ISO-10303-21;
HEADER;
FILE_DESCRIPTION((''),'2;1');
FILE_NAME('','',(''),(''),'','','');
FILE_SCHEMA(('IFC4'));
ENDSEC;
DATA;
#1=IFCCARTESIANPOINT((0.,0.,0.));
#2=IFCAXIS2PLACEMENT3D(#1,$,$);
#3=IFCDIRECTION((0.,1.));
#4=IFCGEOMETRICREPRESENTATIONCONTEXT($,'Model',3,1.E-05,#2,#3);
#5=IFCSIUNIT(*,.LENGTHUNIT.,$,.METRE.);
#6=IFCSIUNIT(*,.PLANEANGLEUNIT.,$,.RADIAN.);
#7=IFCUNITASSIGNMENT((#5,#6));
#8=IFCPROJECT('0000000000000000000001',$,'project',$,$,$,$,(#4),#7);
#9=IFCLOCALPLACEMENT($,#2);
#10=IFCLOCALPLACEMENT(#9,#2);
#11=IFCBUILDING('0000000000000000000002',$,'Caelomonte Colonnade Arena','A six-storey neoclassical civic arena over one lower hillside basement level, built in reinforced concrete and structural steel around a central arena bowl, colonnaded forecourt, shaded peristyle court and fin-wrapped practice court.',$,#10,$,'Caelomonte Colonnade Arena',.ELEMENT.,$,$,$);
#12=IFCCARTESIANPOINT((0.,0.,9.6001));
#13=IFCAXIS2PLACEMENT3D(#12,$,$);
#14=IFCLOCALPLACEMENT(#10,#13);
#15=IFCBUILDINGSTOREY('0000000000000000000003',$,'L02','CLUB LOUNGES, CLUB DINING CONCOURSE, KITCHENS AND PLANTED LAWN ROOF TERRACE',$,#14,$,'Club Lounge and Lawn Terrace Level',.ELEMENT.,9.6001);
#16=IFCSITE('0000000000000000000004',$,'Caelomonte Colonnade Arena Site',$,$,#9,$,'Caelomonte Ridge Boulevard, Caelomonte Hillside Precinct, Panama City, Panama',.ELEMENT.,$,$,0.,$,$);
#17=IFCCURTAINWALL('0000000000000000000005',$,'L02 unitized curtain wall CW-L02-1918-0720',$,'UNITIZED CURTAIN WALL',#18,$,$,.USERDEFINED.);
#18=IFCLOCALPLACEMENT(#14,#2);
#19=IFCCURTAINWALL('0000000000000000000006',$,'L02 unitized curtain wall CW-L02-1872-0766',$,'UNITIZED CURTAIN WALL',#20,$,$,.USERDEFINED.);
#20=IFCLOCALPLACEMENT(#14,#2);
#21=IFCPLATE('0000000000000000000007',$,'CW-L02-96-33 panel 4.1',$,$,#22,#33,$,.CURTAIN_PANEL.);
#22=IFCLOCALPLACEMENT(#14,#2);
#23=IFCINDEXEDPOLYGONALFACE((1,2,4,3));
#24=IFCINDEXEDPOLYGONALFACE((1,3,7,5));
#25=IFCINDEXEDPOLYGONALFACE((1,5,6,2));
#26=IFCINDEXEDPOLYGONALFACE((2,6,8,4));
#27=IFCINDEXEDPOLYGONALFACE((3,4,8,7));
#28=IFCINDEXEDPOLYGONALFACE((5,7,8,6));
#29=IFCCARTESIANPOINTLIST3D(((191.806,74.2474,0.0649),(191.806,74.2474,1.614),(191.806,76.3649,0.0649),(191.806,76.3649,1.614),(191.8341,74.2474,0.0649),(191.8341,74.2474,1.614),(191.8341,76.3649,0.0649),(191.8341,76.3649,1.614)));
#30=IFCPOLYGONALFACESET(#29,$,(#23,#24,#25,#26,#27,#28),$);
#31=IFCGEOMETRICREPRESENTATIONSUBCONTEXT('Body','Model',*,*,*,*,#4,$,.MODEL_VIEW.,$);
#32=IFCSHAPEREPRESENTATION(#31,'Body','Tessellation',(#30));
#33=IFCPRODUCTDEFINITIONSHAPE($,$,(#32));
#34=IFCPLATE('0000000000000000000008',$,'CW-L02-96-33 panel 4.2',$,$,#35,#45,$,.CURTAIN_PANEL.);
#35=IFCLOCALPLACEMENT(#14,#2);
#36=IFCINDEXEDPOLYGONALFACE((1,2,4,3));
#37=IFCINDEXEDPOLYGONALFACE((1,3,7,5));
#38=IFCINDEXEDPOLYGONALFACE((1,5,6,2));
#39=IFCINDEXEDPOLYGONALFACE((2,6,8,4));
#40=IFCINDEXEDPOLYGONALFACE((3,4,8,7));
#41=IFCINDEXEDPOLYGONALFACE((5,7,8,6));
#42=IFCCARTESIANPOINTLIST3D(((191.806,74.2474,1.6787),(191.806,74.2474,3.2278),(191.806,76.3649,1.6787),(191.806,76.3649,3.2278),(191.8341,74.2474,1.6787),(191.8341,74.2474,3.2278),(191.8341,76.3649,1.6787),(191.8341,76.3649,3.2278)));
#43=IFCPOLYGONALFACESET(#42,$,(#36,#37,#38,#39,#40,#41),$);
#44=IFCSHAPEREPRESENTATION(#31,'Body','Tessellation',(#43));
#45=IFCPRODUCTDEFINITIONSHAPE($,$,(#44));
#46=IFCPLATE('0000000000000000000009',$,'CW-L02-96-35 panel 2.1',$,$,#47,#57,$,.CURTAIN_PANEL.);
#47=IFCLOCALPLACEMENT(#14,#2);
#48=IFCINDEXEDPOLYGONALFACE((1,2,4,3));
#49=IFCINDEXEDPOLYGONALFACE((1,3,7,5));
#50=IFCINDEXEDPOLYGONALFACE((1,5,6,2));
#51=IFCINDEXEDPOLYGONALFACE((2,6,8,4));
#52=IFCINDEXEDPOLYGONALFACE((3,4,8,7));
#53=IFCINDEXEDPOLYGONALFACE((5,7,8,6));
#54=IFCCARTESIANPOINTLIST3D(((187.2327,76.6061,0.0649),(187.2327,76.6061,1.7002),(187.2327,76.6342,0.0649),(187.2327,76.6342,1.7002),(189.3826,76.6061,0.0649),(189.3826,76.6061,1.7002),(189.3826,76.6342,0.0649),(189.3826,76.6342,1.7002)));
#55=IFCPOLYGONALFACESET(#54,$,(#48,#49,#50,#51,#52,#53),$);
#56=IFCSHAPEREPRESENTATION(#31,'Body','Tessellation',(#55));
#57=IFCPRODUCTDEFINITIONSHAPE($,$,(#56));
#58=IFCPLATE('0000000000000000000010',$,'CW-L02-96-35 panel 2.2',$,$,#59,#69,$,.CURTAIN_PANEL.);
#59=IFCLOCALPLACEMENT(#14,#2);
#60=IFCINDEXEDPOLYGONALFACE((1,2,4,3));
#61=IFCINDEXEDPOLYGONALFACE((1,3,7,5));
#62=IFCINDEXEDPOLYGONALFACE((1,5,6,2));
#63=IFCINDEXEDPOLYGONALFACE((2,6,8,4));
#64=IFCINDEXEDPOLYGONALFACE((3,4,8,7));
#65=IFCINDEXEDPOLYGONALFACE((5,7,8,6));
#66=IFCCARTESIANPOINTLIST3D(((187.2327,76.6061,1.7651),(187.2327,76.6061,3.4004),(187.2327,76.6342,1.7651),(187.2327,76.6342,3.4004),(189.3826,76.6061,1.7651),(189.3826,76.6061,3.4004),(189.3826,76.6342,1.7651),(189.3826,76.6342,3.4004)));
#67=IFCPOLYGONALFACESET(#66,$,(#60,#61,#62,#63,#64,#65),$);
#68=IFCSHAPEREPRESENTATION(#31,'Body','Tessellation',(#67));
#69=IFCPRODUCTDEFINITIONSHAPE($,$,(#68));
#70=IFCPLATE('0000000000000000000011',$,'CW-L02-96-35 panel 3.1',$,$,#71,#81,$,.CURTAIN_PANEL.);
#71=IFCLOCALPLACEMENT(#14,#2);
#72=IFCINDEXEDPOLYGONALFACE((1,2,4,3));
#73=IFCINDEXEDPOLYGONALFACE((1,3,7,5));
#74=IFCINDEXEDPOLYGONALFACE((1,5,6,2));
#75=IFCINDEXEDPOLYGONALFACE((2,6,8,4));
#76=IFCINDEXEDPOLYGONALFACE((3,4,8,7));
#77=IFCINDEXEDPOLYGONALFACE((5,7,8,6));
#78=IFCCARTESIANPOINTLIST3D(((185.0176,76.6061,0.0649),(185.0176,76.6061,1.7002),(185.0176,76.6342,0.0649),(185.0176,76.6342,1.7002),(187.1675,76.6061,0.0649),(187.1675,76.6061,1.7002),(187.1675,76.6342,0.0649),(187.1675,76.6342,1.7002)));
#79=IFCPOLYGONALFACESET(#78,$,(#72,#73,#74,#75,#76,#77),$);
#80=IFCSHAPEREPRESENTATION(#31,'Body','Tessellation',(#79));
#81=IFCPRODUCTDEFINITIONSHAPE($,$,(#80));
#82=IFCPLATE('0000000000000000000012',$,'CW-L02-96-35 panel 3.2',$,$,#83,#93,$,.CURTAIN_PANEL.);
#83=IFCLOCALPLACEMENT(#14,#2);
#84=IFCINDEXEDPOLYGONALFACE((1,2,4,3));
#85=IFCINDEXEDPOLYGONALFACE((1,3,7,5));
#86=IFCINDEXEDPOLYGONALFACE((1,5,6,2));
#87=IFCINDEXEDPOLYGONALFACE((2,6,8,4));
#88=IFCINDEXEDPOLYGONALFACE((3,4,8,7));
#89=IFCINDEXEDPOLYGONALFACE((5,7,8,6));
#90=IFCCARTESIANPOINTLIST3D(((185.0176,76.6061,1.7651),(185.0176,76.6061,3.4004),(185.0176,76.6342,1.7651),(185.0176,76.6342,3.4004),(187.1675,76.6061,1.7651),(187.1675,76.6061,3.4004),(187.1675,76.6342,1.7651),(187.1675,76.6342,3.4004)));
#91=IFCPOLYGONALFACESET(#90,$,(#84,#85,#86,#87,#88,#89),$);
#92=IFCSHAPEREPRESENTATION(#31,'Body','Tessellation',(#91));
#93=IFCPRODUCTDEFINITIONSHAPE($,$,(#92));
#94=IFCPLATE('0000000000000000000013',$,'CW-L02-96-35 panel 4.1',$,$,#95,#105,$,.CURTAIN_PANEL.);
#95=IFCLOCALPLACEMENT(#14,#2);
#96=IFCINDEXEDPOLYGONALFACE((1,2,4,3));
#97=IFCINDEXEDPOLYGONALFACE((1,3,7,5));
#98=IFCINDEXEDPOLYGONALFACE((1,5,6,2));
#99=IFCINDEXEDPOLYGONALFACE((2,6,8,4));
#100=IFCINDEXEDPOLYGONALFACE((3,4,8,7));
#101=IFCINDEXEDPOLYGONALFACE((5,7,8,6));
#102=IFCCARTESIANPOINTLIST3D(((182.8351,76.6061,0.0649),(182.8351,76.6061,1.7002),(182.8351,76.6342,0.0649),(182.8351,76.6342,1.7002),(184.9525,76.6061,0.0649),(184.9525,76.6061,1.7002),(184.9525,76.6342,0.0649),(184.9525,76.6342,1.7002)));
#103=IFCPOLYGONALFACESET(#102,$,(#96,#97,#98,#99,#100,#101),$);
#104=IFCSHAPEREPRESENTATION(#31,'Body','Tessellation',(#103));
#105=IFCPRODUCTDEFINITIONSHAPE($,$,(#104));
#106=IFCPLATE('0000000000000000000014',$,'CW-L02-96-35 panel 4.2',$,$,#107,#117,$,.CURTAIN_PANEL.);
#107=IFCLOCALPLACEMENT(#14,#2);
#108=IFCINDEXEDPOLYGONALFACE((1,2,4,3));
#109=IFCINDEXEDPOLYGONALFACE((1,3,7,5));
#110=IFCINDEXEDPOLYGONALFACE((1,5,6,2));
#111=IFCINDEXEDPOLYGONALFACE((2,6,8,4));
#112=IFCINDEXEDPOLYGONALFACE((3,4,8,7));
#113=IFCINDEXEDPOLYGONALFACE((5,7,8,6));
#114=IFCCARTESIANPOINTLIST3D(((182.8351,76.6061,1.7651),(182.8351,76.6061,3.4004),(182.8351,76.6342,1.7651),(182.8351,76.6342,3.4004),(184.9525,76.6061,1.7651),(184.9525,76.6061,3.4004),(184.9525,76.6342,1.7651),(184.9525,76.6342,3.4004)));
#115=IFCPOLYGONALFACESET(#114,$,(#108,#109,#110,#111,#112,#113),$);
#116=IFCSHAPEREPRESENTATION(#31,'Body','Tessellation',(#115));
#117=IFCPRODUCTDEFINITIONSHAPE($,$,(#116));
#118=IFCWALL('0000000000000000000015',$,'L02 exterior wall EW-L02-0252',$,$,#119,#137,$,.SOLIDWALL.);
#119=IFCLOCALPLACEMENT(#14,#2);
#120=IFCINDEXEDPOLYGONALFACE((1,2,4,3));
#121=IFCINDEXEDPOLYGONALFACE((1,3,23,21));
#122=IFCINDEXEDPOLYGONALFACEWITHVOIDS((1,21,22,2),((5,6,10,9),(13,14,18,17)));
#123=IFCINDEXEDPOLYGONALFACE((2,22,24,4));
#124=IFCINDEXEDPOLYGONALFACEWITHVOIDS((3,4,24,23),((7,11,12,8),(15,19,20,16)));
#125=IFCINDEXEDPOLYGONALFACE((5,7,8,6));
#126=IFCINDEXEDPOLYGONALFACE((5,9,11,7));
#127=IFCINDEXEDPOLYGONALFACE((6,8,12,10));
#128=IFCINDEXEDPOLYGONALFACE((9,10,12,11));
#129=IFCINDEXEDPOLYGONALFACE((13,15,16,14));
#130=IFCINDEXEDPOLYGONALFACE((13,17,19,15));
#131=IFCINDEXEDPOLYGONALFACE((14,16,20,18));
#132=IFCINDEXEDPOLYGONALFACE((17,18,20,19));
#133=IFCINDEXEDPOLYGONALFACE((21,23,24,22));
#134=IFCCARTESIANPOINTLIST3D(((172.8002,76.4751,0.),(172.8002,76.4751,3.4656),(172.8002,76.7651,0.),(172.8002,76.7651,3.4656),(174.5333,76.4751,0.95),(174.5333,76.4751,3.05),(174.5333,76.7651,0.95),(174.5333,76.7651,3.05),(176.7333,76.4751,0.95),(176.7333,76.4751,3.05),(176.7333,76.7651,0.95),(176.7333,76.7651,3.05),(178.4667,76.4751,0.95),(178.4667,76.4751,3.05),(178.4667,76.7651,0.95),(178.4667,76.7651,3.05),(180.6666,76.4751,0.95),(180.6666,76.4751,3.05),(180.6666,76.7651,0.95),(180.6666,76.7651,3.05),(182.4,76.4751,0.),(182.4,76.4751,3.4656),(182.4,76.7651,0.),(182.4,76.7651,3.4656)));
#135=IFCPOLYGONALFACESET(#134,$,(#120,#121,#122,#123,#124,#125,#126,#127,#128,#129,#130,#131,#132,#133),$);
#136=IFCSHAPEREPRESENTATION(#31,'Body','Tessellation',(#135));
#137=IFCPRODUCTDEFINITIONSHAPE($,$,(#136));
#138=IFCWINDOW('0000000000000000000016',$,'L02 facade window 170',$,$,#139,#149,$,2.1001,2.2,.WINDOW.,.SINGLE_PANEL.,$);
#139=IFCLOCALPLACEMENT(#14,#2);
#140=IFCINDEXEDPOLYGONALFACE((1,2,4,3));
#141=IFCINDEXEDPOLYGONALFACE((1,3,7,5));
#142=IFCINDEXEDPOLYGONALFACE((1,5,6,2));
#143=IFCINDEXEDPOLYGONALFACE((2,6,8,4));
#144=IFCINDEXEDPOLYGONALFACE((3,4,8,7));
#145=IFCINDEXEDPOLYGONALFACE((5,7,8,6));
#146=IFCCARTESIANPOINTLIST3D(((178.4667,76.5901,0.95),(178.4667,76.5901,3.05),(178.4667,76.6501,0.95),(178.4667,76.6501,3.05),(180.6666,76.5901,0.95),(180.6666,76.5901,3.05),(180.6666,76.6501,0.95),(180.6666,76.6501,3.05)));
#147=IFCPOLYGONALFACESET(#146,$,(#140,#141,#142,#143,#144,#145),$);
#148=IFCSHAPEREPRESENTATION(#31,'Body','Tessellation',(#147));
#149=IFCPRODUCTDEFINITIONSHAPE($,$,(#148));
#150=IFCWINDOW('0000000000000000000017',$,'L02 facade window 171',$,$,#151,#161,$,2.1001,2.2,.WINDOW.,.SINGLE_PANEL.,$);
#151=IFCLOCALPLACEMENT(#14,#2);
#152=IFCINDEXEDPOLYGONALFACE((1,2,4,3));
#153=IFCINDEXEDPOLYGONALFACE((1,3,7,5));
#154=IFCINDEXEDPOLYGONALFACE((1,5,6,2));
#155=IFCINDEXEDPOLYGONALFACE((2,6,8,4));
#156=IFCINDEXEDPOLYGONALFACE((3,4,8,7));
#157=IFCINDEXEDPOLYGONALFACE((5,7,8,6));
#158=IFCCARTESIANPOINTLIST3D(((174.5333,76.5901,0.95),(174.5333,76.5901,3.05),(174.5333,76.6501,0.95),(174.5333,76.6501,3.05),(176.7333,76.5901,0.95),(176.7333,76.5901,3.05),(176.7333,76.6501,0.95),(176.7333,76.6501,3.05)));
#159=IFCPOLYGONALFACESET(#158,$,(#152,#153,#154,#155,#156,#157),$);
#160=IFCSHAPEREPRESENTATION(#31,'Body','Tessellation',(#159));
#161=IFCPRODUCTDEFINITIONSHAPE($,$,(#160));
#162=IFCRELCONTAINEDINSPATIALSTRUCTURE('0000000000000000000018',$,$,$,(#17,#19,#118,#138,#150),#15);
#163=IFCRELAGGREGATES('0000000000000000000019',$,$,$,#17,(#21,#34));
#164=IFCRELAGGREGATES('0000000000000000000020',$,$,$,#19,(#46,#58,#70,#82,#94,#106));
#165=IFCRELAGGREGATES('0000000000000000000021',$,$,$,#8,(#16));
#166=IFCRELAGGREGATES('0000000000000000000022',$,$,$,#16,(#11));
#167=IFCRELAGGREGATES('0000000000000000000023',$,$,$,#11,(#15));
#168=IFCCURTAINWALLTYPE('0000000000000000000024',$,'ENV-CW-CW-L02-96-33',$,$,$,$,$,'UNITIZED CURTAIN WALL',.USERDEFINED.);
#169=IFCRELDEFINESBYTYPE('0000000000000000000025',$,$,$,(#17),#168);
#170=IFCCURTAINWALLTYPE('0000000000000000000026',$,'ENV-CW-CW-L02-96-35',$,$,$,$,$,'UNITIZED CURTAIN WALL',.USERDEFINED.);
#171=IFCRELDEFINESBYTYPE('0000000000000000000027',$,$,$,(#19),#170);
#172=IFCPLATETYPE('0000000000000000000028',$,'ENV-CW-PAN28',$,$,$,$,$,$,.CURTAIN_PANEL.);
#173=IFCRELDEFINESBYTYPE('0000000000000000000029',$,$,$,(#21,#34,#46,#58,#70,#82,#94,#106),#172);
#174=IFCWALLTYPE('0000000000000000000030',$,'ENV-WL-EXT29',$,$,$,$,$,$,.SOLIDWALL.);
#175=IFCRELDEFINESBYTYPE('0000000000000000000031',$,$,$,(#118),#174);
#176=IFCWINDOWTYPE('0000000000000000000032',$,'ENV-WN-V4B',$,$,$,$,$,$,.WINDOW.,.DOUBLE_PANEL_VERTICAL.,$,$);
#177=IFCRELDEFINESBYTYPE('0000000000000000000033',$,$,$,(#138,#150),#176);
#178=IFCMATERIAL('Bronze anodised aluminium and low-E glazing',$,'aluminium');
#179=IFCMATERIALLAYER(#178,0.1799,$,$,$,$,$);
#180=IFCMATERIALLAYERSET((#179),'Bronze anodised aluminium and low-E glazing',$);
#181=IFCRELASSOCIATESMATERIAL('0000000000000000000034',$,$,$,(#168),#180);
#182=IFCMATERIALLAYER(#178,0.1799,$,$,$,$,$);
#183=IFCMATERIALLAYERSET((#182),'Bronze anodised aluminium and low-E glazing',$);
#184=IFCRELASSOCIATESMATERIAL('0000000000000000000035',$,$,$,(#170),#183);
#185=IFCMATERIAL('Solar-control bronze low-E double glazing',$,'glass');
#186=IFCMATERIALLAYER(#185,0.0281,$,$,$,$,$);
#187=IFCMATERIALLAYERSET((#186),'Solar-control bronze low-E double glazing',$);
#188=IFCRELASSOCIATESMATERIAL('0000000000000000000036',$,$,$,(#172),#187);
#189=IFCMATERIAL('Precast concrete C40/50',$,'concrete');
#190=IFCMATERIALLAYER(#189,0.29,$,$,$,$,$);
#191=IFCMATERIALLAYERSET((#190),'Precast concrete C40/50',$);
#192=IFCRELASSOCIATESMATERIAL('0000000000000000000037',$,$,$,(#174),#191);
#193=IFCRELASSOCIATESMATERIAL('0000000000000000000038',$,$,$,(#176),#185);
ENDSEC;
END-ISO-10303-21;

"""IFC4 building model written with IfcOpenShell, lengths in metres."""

from ifc_helpers import new_model, si_unit, direction, frame, frame_2d, origin, origin_2d, place, context, subcontext, project, spatial, rectangle, extrude, material, layer, layer_set, type_object, element, fill, aggregate, save


model = new_model("IFC4")

# Units and contexts
model_context = context("Model", 3, precision=1e-05, world=origin(), true_north=direction((0.0, 1.0)))
body_context = subcontext(model_context, "Body", "Model", "MODEL_VIEW")
ifc_project = project(units=[si_unit("LENGTHUNIT", "METRE"), si_unit("PLANEANGLEUNIT", "RADIAN")], contexts=[model_context])

# Site, building, storey
site_placement = place(None, origin())
site = spatial("IfcSite", under=ifc_project, at=site_placement, Name="Caelomonte Colonnade Arena Site", LongName="Caelomonte Ridge Boulevard, Caelomonte Hillside Precinct, Panama City, Panama", CompositionType="ELEMENT", RefElevation=0.0)
building_placement = place(site_placement, origin())
building = spatial("IfcBuilding", under=site, at=building_placement, Name="Caelomonte Colonnade Arena", Description="A six-storey neoclassical civic arena over one lower hillside basement level, built in reinforced concrete and structural steel around a central arena bowl, colonnaded forecourt, shaded peristyle court and fin-wrapped practice court.", LongName="Caelomonte Colonnade Arena", CompositionType="ELEMENT")
storey_placement = place(building_placement, frame((0.0, 0.0, 9.6001)))
storey = spatial("IfcBuildingStorey", under=building, at=storey_placement, Name="L02", Description="CLUB LOUNGES, CLUB DINING CONCOURSE, KITCHENS AND PLANTED LAWN ROOF TERRACE", LongName="Club Lounge and Lawn Terrace Level", CompositionType="ELEMENT", Elevation=9.6001)

# Curtain wall
ifc_material_1 = material(Name="Bronze anodised aluminium and low-E glazing", Category="aluminium")
ifc_layer_1 = layer(ifc_material_1, 0.1799)
ifc_layer_set_1 = layer_set([ifc_layer_1], Name="Bronze anodised aluminium and low-E glazing")
curtain_wall_type_1 = type_object("IfcCurtainWallType", Name="ENV-CW-CW-L02-96-33", ElementType="UNITIZED CURTAIN WALL", PredefinedType="USERDEFINED", material=ifc_layer_set_1)
curtain_wall_1_placement = place(storey_placement, origin())
curtain_wall_1 = element("IfcCurtainWall", 1, at=curtain_wall_1_placement, inside=storey, type_object=curtain_wall_type_1, Name="L02 unitized curtain wall CW-L02-1918-0720", ObjectType="UNITIZED CURTAIN WALL", PredefinedType="USERDEFINED")

# Curtain wall
ifc_layer_2 = layer(ifc_material_1, 0.1799)
ifc_layer_set_2 = layer_set([ifc_layer_2], Name="Bronze anodised aluminium and low-E glazing")
curtain_wall_type_2 = type_object("IfcCurtainWallType", Name="ENV-CW-CW-L02-96-35", ElementType="UNITIZED CURTAIN WALL", PredefinedType="USERDEFINED", material=ifc_layer_set_2)
curtain_wall_2_placement = place(storey_placement, origin())
curtain_wall_2 = element("IfcCurtainWall", 2, at=curtain_wall_2_placement, inside=storey, type_object=curtain_wall_type_2, Name="L02 unitized curtain wall CW-L02-1872-0766", ObjectType="UNITIZED CURTAIN WALL", PredefinedType="USERDEFINED")

# Plates
ifc_material_2 = material(Name="Solar-control bronze low-E double glazing", Category="glass")
ifc_layer_3 = layer(ifc_material_2, 0.0281)
ifc_layer_set_3 = layer_set([ifc_layer_3], Name="Solar-control bronze low-E double glazing")
plate_type = type_object("IfcPlateType", Name="ENV-CW-PAN28", PredefinedType="CURTAIN_PANEL", material=ifc_layer_set_3)
plate_1_placement = place(storey_placement, frame((191.8201, 75.3062, 0.0649), z_axis=(0.0, 0.0, 1.0), x_axis=(0.0, 1.0, 0.0)))
plate_1 = element("IfcPlate", 3, at=plate_1_placement, type_object=plate_type, Name="CW-L02-96-33 panel 4.1", PredefinedType="CURTAIN_PANEL", context=body_context, shape_type="SweptSolid", body=[
    extrude(rectangle(XDim=2.1174, YDim=0.0281, at=origin_2d()), origin(), (0.0, 0.0, 1.0), 1.5491),
])
plate_2_placement = place(storey_placement, frame((191.8201, 75.3062, 1.6787), z_axis=(0.0, 0.0, 1.0), x_axis=(0.0, 1.0, 0.0)))
plate_2 = element("IfcPlate", 4, at=plate_2_placement, type_object=plate_type, Name="CW-L02-96-33 panel 4.2", PredefinedType="CURTAIN_PANEL", context=body_context, shape_type="SweptSolid", body=[
    extrude(rectangle(XDim=2.1174, YDim=0.0281, at=origin_2d()), origin(), (0.0, 0.0, 1.0), 1.5491),
])
aggregate(curtain_wall_1, [plate_1, plate_2])
plate_3_placement = place(storey_placement, frame((188.3076, 76.6201, 0.0649), z_axis=(0.0, 0.0, 1.0), x_axis=(-1.0, 0.0, 0.0)))
plate_3 = element("IfcPlate", 5, at=plate_3_placement, type_object=plate_type, Name="CW-L02-96-35 panel 2.1", PredefinedType="CURTAIN_PANEL", context=body_context, shape_type="SweptSolid", body=[
    extrude(rectangle(XDim=2.1499, YDim=0.0281, at=origin_2d()), origin(), (0.0, 0.0, 1.0), 1.6353),
])
plate_4_placement = place(storey_placement, frame((188.3076, 76.6201, 1.7651), z_axis=(0.0, 0.0, 1.0), x_axis=(-1.0, 0.0, 0.0)))
plate_4 = element("IfcPlate", 6, at=plate_4_placement, type_object=plate_type, Name="CW-L02-96-35 panel 2.2", PredefinedType="CURTAIN_PANEL", context=body_context, shape_type="SweptSolid", body=[
    extrude(rectangle(XDim=2.1499, YDim=0.0281, at=origin_2d()), origin(), (0.0, 0.0, 1.0), 1.6353),
])
plate_5_placement = place(storey_placement, frame((186.0925, 76.6201, 0.0649), z_axis=(0.0, 0.0, 1.0), x_axis=(-1.0, 0.0, 0.0)))
plate_5 = element("IfcPlate", 7, at=plate_5_placement, type_object=plate_type, Name="CW-L02-96-35 panel 3.1", PredefinedType="CURTAIN_PANEL", context=body_context, shape_type="SweptSolid", body=[
    extrude(rectangle(XDim=2.1499, YDim=0.0281, at=origin_2d()), origin(), (0.0, 0.0, 1.0), 1.6353),
])
plate_6_placement = place(storey_placement, frame((186.0925, 76.6201, 1.7651), z_axis=(0.0, 0.0, 1.0), x_axis=(-1.0, 0.0, 0.0)))
plate_6 = element("IfcPlate", 8, at=plate_6_placement, type_object=plate_type, Name="CW-L02-96-35 panel 3.2", PredefinedType="CURTAIN_PANEL", context=body_context, shape_type="SweptSolid", body=[
    extrude(rectangle(XDim=2.1499, YDim=0.0281, at=origin_2d()), origin(), (0.0, 0.0, 1.0), 1.6353),
])
plate_7_placement = place(storey_placement, frame((183.8938, 76.6201, 0.0649), z_axis=(0.0, 0.0, 1.0), x_axis=(-1.0, 0.0, 0.0)))
plate_7 = element("IfcPlate", 9, at=plate_7_placement, type_object=plate_type, Name="CW-L02-96-35 panel 4.1", PredefinedType="CURTAIN_PANEL", context=body_context, shape_type="SweptSolid", body=[
    extrude(rectangle(XDim=2.1174, YDim=0.0281, at=origin_2d()), origin(), (0.0, 0.0, 1.0), 1.6353),
])
plate_8_placement = place(storey_placement, frame((183.8938, 76.6201, 1.7651), z_axis=(0.0, 0.0, 1.0), x_axis=(-1.0, 0.0, 0.0)))
plate_8 = element("IfcPlate", 10, at=plate_8_placement, type_object=plate_type, Name="CW-L02-96-35 panel 4.2", PredefinedType="CURTAIN_PANEL", context=body_context, shape_type="SweptSolid", body=[
    extrude(rectangle(XDim=2.1174, YDim=0.0281, at=origin_2d()), origin(), (0.0, 0.0, 1.0), 1.6353),
])
aggregate(curtain_wall_2, [plate_3, plate_4, plate_5, plate_6, plate_7, plate_8])

# Wall, openings, windows
ifc_material_3 = material(Name="Precast concrete C40/50", Category="concrete")
ifc_layer_4 = layer(ifc_material_3, 0.29)
ifc_layer_set_4 = layer_set([ifc_layer_4], Name="Precast concrete C40/50")
wall_type = type_object("IfcWallType", Name="ENV-WL-EXT29", PredefinedType="SOLIDWALL", material=ifc_layer_set_4)
wall_placement = place(storey_placement, frame((182.3999, 76.6201, 0.0), z_axis=(0.0, 0.0, 1.0), x_axis=(-1.0, 0.0, 0.0)))
wall = element("IfcWall", 11, at=wall_placement, inside=storey, type_object=wall_type, Name="L02 exterior wall EW-L02-0252", PredefinedType="SOLIDWALL", context=body_context, shape_type="SweptSolid", body=[
    extrude(rectangle(XDim=9.5999, YDim=0.29, at=frame_2d((4.7998, 0.0))), origin(), (0.0, 0.0, 1.0), 3.4656),
])
opening_1_placement = place(wall_placement, frame((3.9333, 0.0, 0.95), z_axis=(0.0, 0.0, 1.0), x_axis=(-1.0, 0.0, 0.0)))
opening_1 = element("IfcOpeningElement", 12, at=opening_1_placement, cuts=wall, PredefinedType="OPENING", context=body_context, shape_type="SweptSolid", body=[
    extrude(rectangle(XDim=2.2, YDim=2.1001, at=frame_2d((1.1001, 1.05))), frame((0.0, 0.155, 0.0), z_axis=(0.0, -1.0, 0.0), x_axis=(1.0, 0.0, 0.0)), (0.0, 0.0, 1.0), 0.3101),
])
opening_2_placement = place(wall_placement, frame((7.8667, 0.0, 0.95), z_axis=(0.0, 0.0, 1.0), x_axis=(-1.0, 0.0, 0.0)))
opening_2 = element("IfcOpeningElement", 13, at=opening_2_placement, cuts=wall, PredefinedType="OPENING", context=body_context, shape_type="SweptSolid", body=[
    extrude(rectangle(XDim=2.2, YDim=2.1001, at=frame_2d((1.1001, 1.05))), frame((0.0, 0.155, 0.0), z_axis=(0.0, -1.0, 0.0), x_axis=(1.0, 0.0, 0.0)), (0.0, 0.0, 1.0), 0.3101),
])
window_type = type_object("IfcWindowType", Name="ENV-WN-V4B", PartitioningType="DOUBLE_PANEL_VERTICAL", PredefinedType="WINDOW", material=ifc_material_2)
window_1_placement = place(opening_1_placement, origin())
window_1 = element("IfcWindow", 14, at=window_1_placement, inside=storey, type_object=window_type, Name="L02 facade window 170", OverallHeight=2.1001, OverallWidth=2.2, PartitioningType="SINGLE_PANEL", PredefinedType="WINDOW", context=body_context, shape_type="SweptSolid", body=[
    extrude(rectangle(XDim=2.2, YDim=2.1001, at=frame_2d((1.1001, 1.05))), frame((0.0, 0.03, 0.0), z_axis=(0.0, -1.0, 0.0), x_axis=(1.0, 0.0, 0.0)), (0.0, 0.0, 1.0), 0.0601),
])
fill(opening_1, window_1)
window_2_placement = place(opening_2_placement, origin())
window_2 = element("IfcWindow", 15, at=window_2_placement, inside=storey, type_object=window_type, Name="L02 facade window 171", OverallHeight=2.1001, OverallWidth=2.2, PartitioningType="SINGLE_PANEL", PredefinedType="WINDOW", context=body_context, shape_type="SweptSolid", body=[
    extrude(rectangle(XDim=2.2, YDim=2.1001, at=frame_2d((1.1001, 1.05))), frame((0.0, 0.03, 0.0), z_axis=(0.0, -1.0, 0.0), x_axis=(1.0, 0.0, 0.0)), (0.0, 0.0, 1.0), 0.0601),
])
fill(opening_2, window_2)

save(model, "model.ifc")
